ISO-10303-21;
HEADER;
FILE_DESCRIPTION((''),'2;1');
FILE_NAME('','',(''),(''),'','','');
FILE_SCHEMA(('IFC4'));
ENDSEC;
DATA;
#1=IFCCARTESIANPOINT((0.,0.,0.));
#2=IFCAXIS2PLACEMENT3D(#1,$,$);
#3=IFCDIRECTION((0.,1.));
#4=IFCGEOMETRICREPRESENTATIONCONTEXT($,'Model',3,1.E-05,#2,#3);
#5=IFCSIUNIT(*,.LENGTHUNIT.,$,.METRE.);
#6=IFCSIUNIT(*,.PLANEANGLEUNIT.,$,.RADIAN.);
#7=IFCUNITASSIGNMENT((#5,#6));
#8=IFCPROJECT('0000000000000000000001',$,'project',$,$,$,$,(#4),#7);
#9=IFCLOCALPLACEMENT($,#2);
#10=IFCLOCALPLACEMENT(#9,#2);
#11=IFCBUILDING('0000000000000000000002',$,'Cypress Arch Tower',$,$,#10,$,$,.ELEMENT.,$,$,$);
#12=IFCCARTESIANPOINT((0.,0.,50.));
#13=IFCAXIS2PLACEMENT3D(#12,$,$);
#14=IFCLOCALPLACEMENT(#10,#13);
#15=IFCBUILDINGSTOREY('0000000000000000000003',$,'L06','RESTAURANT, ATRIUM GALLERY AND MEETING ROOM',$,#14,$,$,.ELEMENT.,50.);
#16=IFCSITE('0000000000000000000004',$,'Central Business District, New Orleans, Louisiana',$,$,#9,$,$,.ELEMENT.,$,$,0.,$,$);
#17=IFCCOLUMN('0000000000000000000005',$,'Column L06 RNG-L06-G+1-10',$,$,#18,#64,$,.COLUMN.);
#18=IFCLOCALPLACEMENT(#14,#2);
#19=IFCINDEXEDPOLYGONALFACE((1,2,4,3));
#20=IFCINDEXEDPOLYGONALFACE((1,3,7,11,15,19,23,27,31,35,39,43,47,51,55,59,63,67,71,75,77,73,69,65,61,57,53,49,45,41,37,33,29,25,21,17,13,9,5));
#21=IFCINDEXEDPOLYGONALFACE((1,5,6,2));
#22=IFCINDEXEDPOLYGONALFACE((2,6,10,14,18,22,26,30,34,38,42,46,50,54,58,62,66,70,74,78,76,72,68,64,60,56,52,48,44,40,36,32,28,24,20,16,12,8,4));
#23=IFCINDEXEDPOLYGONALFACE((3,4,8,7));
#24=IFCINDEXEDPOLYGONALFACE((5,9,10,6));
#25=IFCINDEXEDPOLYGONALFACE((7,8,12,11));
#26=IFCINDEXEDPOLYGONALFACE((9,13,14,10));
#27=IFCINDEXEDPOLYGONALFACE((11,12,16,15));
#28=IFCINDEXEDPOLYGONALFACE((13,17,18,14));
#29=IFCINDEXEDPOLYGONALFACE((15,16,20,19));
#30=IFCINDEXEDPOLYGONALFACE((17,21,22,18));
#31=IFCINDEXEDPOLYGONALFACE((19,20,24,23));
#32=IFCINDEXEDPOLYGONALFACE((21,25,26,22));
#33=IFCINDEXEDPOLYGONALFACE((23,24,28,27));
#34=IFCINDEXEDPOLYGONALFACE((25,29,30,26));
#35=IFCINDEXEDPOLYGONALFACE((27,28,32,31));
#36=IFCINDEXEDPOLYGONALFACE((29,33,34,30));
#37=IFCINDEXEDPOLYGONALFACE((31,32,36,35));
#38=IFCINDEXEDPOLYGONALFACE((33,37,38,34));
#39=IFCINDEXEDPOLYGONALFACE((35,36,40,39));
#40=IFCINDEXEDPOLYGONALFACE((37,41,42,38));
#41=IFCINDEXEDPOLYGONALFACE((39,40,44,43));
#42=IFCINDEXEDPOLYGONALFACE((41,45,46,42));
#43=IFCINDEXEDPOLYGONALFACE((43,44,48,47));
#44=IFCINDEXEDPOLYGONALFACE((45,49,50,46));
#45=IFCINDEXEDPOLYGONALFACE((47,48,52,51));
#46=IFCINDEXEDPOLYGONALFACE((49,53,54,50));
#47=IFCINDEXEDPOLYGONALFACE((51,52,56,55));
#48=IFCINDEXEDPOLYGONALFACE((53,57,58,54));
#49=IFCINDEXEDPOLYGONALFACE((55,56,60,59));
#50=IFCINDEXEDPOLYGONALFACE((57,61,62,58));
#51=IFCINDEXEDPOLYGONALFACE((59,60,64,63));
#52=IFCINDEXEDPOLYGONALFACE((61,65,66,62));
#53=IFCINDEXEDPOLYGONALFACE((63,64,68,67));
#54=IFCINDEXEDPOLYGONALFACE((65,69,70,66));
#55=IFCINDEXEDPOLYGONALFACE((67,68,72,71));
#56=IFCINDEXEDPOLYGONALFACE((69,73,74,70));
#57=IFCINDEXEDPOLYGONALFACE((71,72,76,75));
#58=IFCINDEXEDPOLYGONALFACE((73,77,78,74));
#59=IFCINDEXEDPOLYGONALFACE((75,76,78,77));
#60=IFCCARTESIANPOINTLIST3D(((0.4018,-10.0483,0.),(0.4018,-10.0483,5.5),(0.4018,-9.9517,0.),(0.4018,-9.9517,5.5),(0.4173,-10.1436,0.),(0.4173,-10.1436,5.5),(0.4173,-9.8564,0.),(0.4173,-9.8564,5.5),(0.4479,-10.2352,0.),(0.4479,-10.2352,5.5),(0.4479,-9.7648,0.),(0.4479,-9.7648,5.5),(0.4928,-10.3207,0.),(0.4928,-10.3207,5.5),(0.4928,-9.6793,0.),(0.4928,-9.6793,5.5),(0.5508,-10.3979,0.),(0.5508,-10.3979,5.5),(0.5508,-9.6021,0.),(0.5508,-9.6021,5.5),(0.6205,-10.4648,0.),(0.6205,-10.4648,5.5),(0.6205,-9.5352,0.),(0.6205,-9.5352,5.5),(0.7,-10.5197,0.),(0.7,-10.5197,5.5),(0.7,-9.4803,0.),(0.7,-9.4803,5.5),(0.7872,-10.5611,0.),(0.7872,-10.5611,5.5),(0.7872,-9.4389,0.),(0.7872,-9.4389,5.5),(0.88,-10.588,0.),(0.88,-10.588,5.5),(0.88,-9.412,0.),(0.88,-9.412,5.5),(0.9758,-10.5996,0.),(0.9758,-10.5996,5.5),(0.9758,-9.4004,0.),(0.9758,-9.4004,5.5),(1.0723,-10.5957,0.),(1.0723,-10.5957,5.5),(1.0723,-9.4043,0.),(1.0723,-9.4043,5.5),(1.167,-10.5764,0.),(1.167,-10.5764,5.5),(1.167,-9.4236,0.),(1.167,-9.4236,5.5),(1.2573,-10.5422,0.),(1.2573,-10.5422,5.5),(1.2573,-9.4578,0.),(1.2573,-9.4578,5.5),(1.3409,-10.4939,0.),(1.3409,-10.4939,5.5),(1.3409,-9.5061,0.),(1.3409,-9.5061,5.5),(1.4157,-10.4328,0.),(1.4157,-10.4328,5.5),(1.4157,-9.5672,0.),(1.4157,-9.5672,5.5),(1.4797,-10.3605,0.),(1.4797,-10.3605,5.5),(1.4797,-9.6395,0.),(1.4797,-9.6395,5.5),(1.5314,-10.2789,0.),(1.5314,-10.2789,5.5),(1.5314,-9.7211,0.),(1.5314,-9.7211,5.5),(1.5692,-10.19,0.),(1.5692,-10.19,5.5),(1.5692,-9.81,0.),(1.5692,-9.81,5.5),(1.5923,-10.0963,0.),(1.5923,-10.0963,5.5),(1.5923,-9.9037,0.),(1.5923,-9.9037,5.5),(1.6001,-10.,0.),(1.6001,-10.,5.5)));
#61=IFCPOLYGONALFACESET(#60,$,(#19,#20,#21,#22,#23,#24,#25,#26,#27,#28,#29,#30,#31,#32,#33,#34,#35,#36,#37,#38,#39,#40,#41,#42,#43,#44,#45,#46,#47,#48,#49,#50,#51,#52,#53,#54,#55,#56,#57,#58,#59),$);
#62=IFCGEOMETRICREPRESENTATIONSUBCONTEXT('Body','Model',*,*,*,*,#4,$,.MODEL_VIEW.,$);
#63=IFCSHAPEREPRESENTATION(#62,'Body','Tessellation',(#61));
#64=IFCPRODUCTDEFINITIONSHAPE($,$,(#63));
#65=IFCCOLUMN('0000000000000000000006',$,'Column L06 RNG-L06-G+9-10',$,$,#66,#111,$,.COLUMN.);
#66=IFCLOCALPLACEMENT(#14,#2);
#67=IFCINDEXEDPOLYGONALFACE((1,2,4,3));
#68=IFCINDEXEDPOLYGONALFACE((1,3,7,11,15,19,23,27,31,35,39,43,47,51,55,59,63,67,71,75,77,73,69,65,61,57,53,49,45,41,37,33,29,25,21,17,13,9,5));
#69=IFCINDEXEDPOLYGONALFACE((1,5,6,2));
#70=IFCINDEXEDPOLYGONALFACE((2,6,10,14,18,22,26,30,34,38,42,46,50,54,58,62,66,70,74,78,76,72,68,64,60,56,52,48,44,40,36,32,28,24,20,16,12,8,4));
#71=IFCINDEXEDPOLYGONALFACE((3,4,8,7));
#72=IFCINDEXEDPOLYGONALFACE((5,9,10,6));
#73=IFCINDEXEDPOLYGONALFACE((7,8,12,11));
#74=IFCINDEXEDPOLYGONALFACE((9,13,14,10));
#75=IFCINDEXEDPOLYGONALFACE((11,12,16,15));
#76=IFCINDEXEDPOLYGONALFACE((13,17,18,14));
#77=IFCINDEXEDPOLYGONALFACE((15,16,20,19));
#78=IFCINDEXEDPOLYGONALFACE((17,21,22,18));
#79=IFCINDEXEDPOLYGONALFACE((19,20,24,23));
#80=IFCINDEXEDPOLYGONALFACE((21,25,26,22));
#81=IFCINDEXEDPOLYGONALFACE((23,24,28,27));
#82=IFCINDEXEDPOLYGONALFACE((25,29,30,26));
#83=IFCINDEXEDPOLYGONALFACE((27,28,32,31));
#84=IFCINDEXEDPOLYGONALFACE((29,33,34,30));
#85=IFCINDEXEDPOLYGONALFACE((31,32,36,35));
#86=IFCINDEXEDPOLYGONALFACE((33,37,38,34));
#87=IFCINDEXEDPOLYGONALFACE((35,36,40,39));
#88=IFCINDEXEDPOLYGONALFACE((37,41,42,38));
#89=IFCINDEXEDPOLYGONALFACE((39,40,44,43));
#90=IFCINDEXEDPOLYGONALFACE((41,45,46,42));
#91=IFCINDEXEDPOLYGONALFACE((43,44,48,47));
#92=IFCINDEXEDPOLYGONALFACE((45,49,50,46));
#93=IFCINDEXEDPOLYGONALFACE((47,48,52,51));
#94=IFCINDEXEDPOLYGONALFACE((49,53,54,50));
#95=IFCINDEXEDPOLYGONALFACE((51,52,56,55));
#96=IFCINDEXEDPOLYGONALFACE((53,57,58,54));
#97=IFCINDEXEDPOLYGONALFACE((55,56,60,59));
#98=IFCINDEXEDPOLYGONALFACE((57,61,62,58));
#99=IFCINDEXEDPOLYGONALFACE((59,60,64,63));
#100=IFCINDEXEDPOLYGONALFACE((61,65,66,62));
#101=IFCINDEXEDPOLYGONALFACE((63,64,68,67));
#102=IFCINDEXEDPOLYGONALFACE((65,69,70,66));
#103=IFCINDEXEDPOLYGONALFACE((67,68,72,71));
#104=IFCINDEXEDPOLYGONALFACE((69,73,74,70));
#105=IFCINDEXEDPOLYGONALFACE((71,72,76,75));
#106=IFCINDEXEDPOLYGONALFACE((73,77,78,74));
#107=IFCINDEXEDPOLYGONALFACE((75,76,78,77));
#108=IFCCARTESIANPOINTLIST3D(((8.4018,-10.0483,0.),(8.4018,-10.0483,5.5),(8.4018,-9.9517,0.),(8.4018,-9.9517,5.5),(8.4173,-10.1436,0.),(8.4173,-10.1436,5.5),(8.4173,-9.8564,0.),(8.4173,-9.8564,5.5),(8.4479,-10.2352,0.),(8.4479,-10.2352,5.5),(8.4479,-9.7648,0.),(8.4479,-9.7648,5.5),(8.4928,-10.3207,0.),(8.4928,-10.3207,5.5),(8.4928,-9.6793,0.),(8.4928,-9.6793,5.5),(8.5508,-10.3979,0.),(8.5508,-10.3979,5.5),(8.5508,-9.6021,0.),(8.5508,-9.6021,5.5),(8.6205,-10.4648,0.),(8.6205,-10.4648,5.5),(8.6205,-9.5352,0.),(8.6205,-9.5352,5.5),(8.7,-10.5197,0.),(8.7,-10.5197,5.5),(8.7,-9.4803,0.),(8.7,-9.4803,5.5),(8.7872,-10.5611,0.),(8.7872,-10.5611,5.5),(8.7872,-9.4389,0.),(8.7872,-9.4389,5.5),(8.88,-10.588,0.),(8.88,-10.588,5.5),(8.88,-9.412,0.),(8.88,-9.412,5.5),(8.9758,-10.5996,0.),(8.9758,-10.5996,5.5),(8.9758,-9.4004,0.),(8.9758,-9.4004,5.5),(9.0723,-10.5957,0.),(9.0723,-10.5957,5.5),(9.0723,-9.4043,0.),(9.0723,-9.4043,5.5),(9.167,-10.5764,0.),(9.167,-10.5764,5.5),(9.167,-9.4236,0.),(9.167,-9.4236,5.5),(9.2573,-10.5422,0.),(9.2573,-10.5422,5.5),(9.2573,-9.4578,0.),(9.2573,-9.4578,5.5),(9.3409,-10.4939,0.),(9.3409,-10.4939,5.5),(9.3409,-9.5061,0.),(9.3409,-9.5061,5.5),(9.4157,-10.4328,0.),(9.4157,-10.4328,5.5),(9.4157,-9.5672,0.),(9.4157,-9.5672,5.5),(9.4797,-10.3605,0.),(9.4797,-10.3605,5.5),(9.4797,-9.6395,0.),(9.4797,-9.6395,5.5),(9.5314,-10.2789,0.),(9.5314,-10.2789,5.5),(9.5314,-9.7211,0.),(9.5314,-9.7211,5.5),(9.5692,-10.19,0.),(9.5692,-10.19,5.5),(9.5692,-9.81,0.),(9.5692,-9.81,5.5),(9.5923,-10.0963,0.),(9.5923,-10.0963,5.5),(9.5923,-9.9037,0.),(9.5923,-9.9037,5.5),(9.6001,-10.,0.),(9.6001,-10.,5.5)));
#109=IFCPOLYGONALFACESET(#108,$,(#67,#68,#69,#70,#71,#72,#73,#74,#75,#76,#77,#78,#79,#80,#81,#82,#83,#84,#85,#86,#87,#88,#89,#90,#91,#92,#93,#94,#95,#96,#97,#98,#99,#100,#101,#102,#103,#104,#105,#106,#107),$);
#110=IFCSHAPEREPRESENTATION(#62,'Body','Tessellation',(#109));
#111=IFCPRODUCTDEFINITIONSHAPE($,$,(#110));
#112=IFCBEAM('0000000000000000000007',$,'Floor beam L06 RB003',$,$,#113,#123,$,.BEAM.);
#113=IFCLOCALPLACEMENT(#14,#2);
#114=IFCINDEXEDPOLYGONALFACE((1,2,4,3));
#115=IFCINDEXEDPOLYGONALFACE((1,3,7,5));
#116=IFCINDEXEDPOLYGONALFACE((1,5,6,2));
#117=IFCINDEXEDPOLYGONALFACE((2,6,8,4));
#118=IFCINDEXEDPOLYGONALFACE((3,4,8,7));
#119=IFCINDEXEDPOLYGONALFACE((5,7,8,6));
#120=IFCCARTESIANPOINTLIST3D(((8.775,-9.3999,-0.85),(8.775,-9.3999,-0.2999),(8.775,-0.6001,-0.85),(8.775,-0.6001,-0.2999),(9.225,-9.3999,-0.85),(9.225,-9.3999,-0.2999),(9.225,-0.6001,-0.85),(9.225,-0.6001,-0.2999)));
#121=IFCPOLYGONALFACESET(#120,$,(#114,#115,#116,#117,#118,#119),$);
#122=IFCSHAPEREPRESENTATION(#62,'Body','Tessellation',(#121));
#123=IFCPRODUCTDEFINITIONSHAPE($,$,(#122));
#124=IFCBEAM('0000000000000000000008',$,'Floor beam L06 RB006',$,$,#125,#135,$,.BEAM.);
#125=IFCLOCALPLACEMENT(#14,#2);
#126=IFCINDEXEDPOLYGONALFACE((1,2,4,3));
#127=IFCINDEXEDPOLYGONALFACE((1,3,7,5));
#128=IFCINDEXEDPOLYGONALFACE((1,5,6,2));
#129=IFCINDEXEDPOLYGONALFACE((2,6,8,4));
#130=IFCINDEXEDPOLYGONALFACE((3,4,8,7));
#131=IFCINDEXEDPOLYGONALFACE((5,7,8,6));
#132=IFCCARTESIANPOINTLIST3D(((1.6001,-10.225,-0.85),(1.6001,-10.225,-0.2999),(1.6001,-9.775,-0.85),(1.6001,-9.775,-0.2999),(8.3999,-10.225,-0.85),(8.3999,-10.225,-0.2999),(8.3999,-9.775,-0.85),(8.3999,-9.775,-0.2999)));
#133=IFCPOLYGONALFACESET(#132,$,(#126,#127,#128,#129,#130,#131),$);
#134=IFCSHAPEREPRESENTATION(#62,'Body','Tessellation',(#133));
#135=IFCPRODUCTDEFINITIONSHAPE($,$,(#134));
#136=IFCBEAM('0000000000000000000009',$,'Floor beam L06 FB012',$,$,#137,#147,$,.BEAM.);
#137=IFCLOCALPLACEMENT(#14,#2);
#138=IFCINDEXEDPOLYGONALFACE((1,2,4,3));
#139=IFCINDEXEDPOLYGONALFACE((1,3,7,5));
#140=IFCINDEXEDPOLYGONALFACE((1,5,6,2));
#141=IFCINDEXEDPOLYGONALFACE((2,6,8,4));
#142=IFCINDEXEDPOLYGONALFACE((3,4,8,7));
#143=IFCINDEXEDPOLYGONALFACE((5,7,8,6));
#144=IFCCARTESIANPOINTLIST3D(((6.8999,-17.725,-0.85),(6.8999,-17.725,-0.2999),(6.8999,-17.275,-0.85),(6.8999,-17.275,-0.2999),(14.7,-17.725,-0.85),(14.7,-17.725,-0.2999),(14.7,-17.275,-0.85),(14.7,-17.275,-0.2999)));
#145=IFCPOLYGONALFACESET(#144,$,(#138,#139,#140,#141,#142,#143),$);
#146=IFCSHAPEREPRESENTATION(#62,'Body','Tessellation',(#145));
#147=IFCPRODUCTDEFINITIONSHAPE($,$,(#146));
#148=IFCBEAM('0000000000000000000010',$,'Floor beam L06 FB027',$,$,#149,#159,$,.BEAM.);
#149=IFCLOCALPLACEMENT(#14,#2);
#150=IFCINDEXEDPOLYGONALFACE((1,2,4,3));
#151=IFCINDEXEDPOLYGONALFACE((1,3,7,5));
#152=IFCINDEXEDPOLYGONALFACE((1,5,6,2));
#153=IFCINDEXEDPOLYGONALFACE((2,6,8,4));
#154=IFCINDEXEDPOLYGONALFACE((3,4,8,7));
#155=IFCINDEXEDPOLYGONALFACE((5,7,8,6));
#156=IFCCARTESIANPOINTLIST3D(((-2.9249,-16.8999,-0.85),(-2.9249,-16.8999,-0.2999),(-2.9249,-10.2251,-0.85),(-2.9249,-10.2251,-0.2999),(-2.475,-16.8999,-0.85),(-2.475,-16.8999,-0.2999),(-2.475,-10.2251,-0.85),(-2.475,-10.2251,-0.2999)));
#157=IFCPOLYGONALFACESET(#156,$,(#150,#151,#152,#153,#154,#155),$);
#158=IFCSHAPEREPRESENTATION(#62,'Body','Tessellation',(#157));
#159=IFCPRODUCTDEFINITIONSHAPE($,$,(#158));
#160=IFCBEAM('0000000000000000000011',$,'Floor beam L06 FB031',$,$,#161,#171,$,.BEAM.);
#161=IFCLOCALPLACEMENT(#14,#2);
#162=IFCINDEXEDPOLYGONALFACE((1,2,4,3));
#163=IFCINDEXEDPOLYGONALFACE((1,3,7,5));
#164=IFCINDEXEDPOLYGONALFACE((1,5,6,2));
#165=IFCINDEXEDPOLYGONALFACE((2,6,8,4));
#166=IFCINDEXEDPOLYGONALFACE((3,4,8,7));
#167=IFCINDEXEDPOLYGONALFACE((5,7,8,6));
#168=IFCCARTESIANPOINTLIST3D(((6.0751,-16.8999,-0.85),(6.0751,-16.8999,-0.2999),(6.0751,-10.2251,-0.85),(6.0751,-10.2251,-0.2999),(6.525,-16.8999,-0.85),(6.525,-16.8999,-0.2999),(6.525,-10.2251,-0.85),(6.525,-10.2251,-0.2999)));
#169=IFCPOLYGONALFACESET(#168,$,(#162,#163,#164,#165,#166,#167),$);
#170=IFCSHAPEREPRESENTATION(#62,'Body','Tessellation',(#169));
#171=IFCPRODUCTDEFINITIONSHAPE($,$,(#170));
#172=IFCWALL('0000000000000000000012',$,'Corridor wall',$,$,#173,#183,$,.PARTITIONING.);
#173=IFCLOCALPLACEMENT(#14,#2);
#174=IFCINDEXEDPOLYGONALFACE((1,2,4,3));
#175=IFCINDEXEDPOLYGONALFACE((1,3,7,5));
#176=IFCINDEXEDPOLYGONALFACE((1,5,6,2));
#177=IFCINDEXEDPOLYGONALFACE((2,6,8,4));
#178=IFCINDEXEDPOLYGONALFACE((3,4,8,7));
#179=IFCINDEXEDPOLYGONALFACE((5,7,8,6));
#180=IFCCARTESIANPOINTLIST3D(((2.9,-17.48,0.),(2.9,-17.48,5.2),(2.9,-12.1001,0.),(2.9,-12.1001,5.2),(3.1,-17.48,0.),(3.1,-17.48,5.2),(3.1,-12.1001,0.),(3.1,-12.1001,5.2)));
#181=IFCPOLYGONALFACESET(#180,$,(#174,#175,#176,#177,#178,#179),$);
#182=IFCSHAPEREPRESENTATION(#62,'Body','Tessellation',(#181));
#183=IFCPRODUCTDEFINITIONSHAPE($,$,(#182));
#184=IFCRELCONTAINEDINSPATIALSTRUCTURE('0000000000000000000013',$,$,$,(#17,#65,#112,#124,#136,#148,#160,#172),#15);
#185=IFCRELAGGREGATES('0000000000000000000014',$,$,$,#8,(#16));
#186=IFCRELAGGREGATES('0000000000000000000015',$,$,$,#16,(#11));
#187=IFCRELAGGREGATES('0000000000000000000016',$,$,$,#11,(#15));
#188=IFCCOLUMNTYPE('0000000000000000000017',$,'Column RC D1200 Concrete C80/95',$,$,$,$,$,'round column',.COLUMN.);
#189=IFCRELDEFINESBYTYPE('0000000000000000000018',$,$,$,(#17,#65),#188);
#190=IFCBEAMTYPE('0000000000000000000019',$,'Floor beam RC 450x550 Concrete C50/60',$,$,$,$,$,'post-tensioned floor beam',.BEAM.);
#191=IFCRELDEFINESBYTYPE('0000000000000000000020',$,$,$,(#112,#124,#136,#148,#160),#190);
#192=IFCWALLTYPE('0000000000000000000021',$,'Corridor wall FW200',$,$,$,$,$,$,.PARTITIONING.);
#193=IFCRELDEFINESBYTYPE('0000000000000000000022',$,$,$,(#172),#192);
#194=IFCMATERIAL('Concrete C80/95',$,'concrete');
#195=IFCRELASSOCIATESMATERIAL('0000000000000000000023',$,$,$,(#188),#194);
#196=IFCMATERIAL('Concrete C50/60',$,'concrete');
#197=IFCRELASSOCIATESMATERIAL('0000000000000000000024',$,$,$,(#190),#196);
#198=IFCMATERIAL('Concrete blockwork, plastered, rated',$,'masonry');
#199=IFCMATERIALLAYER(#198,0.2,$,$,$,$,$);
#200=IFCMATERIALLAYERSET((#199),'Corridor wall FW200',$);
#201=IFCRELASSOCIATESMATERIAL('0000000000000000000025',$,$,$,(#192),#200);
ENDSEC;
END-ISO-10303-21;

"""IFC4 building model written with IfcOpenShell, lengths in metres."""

from ifc_helpers import new_model, si_unit, direction, frame, frame_2d, origin, origin_2d, place, context, subcontext, project, spatial, rectangle, circle, extrude, material, layer, layer_set, material_profile, profile_set, type_object, element, save


model = new_model("IFC4")

# Units and contexts
model_context = context("Model", 3, precision=1e-05, world=origin(), true_north=direction((0.0, 1.0)))
body_context = subcontext(model_context, "Body", "Model", "MODEL_VIEW")
ifc_project = project(units=[si_unit("LENGTHUNIT", "METRE"), si_unit("PLANEANGLEUNIT", "RADIAN")], contexts=[model_context])

# Site, building, storey
site_placement = place(None, origin())
site = spatial("IfcSite", under=ifc_project, at=site_placement, Name="Central Business District, New Orleans, Louisiana", CompositionType="ELEMENT", RefElevation=0.0)
building_placement = place(site_placement, origin())
building = spatial("IfcBuilding", under=site, at=building_placement, Name="Cypress Arch Tower", CompositionType="ELEMENT")
storey_placement = place(building_placement, frame((0.0, 0.0, 50.0)))
storey = spatial("IfcBuildingStorey", under=building, at=storey_placement, Name="L06", Description="RESTAURANT, ATRIUM GALLERY AND MEETING ROOM", CompositionType="ELEMENT", Elevation=50.0)

# Columns
ifc_material_1 = material(Name="Concrete C80/95", Category="concrete")
ifc_material_profile_1 = material_profile(ifc_material_1, circle(Radius=0.6001, at=origin_2d()), Name="RC D1200")
ifc_profile_set_1 = profile_set([ifc_material_profile_1], Name="Concrete C80/95")
column_type = type_object("IfcColumnType", Name="Column RC D1200 Concrete C80/95", ElementType="round column", PredefinedType="COLUMN", material=ifc_profile_set_1)
for number, where, z_axis, x_axis, name in (
    (1, (1.0, -10.0, 0.0), (0.0, 0.0, 1.0), (1.0, 0.0, 0.0), "Column L06 RNG-L06-G+1-10"),
    (2, (9.0, -10.0, 0.0), (0.0, 0.0, 1.0), (1.0, 0.0, 0.0), "Column L06 RNG-L06-G+9-10"),
):
    element("IfcColumn", number, at=place(storey_placement, frame(where, z_axis=z_axis, x_axis=x_axis)), inside=storey, type_object=column_type, Name=name, PredefinedType="COLUMN", context=body_context, shape_type="SweptSolid", body=[
        extrude(circle(Radius=0.6001, at=origin_2d()), origin(), (0.0, 0.0, 1.0), 5.5),
    ])

# Beams
ifc_material_2 = material(Name="Concrete C50/60", Category="concrete")
ifc_material_profile_2 = material_profile(ifc_material_2, rectangle(XDim=0.45, YDim=0.55, at=origin_2d()), Name="RC 450x550")
ifc_profile_set_2 = profile_set([ifc_material_profile_2], Name="Concrete C50/60")
beam_type = type_object("IfcBeamType", Name="Floor beam RC 450x550 Concrete C50/60", ElementType="post-tensioned floor beam", PredefinedType="BEAM", material=ifc_profile_set_2)
beam_1_placement = place(storey_placement, frame((9.0, -9.3999, -0.575), z_axis=(0.0, 1.0, 0.0), x_axis=(-1.0, 0.0, 0.0)))
element("IfcBeam", 3, at=beam_1_placement, inside=storey, type_object=beam_type, Name="Floor beam L06 RB003", PredefinedType="BEAM", context=body_context, shape_type="SweptSolid", body=[
    extrude(rectangle(XDim=0.45, YDim=0.55, at=origin_2d()), origin(), (0.0, 0.0, 1.0), 8.7998),
])
beam_2_placement = place(storey_placement, frame((1.6001, -10.0, -0.575), z_axis=(1.0, 0.0, 0.0), x_axis=(0.0, 1.0, 0.0)))
element("IfcBeam", 4, at=beam_2_placement, inside=storey, type_object=beam_type, Name="Floor beam L06 RB006", PredefinedType="BEAM", context=body_context, shape_type="SweptSolid", body=[
    extrude(rectangle(XDim=0.45, YDim=0.55, at=origin_2d()), origin(), (0.0, 0.0, 1.0), 6.7998),
])
beam_3_placement = place(storey_placement, frame((6.8999, -17.5, -0.575), z_axis=(1.0, 0.0, 0.0), x_axis=(0.0, 1.0, 0.0)))
element("IfcBeam", 5, at=beam_3_placement, inside=storey, type_object=beam_type, Name="Floor beam L06 FB012", PredefinedType="BEAM", context=body_context, shape_type="SweptSolid", body=[
    extrude(rectangle(XDim=0.45, YDim=0.55, at=origin_2d()), origin(), (0.0, 0.0, 1.0), 7.8),
])
for number, where, z_axis, x_axis, name in (
    (6, (-2.7, -16.8999, -0.575), (0.0, 1.0, 0.0), (-1.0, 0.0, 0.0), "Floor beam L06 FB027"),
    (7, (6.3, -16.8999, -0.575), (0.0, 1.0, 0.0), (-1.0, 0.0, 0.0), "Floor beam L06 FB031"),
):
    element("IfcBeam", number, at=place(storey_placement, frame(where, z_axis=z_axis, x_axis=x_axis)), inside=storey, type_object=beam_type, Name=name, PredefinedType="BEAM", context=body_context, shape_type="SweptSolid", body=[
        extrude(rectangle(XDim=0.45, YDim=0.55, at=origin_2d()), origin(), (0.0, 0.0, 1.0), 6.6748),
    ])

# Wall
ifc_material_3 = material(Name="Concrete blockwork, plastered, rated", Category="masonry")
ifc_layer_1 = layer(ifc_material_3, 0.2)
ifc_layer_set_1 = layer_set([ifc_layer_1], Name="Corridor wall FW200")
wall_type_1 = type_object("IfcWallType", Name="Corridor wall FW200", PredefinedType="PARTITIONING", material=ifc_layer_set_1)
wall_1_placement = place(storey_placement, frame((3.0, -17.48, 0.0), z_axis=(0.0, 0.0, 1.0), x_axis=(0.0, 1.0, 0.0)))
element("IfcWall", 8, at=wall_1_placement, inside=storey, type_object=wall_type_1, Name="Corridor wall", PredefinedType="PARTITIONING", context=body_context, shape_type="SweptSolid", body=[
    extrude(rectangle(XDim=5.3799, YDim=0.2, at=frame_2d((2.6899, 0.0))), origin(), (0.0, 0.0, 1.0), 5.2),
])

save(model, "model.ifc")
